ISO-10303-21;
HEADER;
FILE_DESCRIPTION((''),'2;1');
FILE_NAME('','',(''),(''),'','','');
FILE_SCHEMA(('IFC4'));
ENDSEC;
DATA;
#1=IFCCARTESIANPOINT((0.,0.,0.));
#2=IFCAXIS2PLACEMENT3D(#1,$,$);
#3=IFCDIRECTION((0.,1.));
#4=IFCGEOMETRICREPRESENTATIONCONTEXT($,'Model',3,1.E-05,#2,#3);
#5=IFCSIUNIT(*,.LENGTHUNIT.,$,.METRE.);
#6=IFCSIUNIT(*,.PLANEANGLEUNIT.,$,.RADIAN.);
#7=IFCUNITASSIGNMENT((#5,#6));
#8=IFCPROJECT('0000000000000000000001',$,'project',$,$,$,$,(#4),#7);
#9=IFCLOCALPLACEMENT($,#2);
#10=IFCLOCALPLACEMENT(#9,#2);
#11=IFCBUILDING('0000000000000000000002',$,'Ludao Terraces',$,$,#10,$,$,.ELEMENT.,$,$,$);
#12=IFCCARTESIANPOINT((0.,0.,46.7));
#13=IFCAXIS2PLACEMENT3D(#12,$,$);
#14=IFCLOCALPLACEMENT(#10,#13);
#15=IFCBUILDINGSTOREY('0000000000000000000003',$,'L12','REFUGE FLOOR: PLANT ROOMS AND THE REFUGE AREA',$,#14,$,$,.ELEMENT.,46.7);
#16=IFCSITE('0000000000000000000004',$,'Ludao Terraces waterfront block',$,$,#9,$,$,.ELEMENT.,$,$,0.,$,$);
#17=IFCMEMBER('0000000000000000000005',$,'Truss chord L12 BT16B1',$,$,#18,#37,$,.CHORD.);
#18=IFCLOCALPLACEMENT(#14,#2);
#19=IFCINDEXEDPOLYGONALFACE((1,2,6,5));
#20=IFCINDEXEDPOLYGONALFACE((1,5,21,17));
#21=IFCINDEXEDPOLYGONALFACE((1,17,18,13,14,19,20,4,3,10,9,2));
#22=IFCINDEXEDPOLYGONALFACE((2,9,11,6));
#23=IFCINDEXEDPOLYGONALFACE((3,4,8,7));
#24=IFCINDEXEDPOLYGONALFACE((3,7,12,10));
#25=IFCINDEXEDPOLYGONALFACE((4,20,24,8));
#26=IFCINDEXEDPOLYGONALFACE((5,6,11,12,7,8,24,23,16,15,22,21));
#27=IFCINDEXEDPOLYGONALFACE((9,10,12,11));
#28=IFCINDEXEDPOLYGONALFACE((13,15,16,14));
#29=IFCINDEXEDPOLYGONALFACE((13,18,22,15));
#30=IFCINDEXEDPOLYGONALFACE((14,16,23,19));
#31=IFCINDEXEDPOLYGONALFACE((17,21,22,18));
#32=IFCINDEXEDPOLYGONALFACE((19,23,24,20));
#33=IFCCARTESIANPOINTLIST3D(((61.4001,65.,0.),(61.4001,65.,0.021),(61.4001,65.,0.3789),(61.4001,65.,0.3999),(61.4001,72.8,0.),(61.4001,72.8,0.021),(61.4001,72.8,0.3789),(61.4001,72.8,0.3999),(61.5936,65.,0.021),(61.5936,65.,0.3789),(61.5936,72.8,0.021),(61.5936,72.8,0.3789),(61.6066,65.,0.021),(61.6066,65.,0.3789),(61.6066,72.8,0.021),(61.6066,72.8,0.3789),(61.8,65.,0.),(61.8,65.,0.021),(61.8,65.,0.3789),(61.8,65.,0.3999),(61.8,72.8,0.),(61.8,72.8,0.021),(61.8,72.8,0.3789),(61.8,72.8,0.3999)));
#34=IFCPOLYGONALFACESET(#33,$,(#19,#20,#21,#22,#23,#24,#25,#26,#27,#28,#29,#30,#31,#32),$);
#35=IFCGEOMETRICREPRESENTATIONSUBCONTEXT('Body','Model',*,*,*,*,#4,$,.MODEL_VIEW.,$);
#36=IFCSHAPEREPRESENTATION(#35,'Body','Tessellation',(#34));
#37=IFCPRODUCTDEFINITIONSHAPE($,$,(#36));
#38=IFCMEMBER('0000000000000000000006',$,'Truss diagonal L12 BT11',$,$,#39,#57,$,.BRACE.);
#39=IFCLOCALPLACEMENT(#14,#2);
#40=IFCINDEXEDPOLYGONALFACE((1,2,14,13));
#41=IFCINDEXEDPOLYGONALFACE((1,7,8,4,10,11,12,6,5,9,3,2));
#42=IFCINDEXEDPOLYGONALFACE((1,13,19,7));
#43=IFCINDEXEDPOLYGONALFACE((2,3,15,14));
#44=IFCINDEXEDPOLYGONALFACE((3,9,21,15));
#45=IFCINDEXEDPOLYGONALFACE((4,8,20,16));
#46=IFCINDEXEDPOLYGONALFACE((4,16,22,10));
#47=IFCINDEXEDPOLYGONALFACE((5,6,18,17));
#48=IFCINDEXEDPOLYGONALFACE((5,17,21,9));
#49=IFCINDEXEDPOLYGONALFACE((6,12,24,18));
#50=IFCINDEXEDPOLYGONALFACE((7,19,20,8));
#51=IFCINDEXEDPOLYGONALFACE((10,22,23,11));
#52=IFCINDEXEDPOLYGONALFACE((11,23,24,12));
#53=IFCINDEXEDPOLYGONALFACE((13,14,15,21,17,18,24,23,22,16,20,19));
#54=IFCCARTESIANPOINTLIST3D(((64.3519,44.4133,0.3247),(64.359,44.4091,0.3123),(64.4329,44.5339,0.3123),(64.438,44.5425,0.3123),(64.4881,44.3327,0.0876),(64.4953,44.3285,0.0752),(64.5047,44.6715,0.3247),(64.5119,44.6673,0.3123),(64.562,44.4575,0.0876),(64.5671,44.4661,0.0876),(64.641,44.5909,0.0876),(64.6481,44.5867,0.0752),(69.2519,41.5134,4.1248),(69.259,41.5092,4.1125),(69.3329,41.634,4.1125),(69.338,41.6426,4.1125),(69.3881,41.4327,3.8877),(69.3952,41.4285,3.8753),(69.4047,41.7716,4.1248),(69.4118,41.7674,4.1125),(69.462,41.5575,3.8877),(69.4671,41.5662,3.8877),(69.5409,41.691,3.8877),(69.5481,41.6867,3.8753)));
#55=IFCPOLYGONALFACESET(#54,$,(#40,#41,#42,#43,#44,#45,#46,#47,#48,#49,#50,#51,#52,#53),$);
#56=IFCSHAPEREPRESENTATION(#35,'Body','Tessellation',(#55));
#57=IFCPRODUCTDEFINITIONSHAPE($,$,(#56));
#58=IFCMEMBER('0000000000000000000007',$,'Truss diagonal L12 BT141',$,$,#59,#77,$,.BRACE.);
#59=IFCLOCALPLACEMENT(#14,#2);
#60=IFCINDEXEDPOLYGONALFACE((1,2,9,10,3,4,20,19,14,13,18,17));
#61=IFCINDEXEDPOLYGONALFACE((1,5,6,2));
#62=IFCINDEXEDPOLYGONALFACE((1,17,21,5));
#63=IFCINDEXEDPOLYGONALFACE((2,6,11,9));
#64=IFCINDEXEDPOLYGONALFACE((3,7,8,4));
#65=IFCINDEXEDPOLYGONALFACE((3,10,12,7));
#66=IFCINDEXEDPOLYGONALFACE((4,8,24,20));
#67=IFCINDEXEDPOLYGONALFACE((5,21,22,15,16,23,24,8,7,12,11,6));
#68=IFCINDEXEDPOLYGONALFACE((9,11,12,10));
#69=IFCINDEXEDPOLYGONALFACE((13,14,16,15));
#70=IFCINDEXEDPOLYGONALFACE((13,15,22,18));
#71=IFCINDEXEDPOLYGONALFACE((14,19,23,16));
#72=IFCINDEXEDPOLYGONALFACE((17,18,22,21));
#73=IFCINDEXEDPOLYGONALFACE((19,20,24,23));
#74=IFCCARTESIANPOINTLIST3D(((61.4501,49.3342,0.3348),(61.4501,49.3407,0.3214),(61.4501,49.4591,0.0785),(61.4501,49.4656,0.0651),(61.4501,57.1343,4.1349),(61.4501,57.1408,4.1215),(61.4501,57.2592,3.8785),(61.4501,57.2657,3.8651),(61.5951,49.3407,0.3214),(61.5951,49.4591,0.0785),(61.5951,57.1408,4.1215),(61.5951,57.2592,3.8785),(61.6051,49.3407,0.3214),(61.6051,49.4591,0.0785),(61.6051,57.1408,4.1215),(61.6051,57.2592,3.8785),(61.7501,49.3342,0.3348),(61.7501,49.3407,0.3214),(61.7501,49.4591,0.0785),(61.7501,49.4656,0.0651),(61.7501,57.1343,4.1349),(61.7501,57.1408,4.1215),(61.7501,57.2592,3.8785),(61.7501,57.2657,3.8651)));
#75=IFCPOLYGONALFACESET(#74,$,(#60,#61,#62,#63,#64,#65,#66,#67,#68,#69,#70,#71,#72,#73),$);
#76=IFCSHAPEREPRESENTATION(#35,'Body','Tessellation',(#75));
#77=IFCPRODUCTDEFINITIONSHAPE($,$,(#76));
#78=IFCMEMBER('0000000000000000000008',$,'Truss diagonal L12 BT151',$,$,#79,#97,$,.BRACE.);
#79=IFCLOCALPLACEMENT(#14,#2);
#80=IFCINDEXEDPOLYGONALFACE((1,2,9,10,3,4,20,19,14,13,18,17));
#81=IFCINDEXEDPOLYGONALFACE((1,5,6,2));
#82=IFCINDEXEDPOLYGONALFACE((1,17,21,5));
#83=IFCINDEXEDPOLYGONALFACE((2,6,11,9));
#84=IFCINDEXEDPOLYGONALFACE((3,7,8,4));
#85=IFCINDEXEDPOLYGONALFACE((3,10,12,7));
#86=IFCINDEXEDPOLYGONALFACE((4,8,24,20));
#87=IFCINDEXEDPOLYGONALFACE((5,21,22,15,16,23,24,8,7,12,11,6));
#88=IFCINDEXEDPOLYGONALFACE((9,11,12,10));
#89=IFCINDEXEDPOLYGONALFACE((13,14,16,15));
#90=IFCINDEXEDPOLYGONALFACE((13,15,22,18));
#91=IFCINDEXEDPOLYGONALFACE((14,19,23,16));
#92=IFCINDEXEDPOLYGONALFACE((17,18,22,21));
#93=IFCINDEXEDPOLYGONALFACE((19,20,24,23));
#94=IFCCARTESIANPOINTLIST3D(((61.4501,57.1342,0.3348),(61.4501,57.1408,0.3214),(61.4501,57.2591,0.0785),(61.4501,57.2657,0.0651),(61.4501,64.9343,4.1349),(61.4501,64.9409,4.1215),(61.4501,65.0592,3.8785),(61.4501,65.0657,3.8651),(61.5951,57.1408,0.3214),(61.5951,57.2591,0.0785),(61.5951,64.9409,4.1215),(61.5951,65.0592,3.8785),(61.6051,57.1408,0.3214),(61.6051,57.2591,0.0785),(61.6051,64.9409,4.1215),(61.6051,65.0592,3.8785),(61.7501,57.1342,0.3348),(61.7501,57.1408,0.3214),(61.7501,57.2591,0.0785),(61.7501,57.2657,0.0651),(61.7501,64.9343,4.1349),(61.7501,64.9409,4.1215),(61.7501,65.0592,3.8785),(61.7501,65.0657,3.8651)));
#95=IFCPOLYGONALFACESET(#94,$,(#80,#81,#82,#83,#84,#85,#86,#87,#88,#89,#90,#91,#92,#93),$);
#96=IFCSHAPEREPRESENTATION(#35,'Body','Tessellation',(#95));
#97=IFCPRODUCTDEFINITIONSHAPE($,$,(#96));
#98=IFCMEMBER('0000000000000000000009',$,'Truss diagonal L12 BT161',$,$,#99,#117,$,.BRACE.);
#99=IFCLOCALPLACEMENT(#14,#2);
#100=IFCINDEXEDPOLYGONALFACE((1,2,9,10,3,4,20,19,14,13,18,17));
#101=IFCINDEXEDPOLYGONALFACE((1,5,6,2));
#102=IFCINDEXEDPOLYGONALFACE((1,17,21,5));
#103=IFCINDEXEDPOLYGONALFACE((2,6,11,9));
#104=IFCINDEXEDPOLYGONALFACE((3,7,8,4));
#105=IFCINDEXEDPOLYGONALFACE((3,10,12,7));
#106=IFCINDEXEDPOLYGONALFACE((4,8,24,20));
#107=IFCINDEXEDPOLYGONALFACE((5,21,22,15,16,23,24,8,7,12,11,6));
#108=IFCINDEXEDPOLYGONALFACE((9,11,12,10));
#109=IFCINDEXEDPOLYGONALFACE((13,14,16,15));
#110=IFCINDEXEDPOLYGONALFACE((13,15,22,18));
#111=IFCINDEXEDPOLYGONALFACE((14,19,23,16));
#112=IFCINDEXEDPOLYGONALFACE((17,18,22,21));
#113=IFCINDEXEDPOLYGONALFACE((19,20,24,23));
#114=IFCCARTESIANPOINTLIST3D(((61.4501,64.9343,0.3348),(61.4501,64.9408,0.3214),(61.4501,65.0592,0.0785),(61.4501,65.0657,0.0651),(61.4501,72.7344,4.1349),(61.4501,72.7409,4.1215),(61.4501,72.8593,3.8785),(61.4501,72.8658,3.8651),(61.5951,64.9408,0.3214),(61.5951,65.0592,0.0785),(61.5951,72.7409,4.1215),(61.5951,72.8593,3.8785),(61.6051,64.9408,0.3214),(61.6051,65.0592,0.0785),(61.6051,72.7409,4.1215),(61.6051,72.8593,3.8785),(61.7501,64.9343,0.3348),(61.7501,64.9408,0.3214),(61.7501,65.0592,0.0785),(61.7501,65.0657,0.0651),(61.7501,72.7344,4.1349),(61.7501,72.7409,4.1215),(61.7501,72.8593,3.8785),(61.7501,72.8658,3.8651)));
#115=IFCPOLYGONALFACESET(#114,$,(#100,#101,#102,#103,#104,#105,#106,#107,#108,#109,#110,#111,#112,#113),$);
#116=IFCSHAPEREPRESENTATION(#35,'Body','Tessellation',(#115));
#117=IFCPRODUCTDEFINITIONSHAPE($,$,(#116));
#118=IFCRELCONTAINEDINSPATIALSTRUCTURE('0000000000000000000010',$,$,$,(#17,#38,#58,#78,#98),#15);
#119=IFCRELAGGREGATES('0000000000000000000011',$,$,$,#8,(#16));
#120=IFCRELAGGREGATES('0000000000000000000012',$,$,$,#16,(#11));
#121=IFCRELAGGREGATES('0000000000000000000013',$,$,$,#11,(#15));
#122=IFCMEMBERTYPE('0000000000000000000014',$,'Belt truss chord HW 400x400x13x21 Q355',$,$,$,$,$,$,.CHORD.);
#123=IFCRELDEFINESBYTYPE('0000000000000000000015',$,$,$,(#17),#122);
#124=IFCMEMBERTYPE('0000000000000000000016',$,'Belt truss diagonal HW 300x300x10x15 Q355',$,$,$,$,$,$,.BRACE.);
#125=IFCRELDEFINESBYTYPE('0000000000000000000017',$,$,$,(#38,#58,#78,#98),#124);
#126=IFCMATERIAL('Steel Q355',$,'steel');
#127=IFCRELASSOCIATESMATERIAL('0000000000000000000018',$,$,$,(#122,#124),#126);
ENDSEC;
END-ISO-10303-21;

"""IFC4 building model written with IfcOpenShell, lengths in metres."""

from ifc_helpers import new_model, si_unit, direction, frame, origin, origin_2d, place, context, subcontext, project, spatial, i_section, extrude, material, material_profile, profile_set, type_object, element, save


model = new_model("IFC4")

# Units and contexts
model_context = context("Model", 3, precision=1e-05, world=origin(), true_north=direction((0.0, 1.0)))
body_context = subcontext(model_context, "Body", "Model", "MODEL_VIEW")
ifc_project = project(units=[si_unit("LENGTHUNIT", "METRE"), si_unit("PLANEANGLEUNIT", "RADIAN")], contexts=[model_context])

# Site, building, storey
site_placement = place(None, origin())
site = spatial("IfcSite", under=ifc_project, at=site_placement, Name="Ludao Terraces waterfront block", CompositionType="ELEMENT", RefElevation=0.0)
building_placement = place(site_placement, origin())
building = spatial("IfcBuilding", under=site, at=building_placement, Name="Ludao Terraces", CompositionType="ELEMENT")
storey_placement = place(building_placement, frame((0.0, 0.0, 46.7)))
storey = spatial("IfcBuildingStorey", under=building, at=storey_placement, Name="L12", Description="REFUGE FLOOR: PLANT ROOMS AND THE REFUGE AREA", CompositionType="ELEMENT", Elevation=46.7)

# Members
ifc_material_1 = material(Name="Steel Q355", Category="steel")
ifc_material_profile_1 = material_profile(ifc_material_1, i_section(OverallWidth=0.3999, OverallDepth=0.3999, WebThickness=0.0129, FlangeThickness=0.021, at=origin_2d()), Name="HW 400X400X13X21")
ifc_profile_set_1 = profile_set([ifc_material_profile_1], Name="Steel Q355")
member_type_1 = type_object("IfcMemberType", Name="Belt truss chord HW 400x400x13x21 Q355", PredefinedType="CHORD", material=ifc_profile_set_1)
for number, where, z_axis, x_axis, name in (
    (1, (61.6001, 65.0, 0.2), (0.0, 1.0, 0.0), (-1.0, 0.0, 0.0), "Truss chord L12 BT16B1"),
):
    element("IfcMember", number, at=place(storey_placement, frame(where, z_axis=z_axis, x_axis=x_axis)), inside=storey, type_object=member_type_1, Name=name, PredefinedType="CHORD", context=body_context, shape_type="SweptSolid", body=[
        extrude(i_section(OverallWidth=0.3999, OverallDepth=0.3999, WebThickness=0.0129, FlangeThickness=0.021, at=origin_2d()), origin(), (0.0, 0.0, 1.0), 7.8),
    ])
ifc_material_profile_2 = material_profile(ifc_material_1, i_section(OverallWidth=0.3, OverallDepth=0.3, WebThickness=0.01, FlangeThickness=0.0149, at=origin_2d()), Name="HW 300X300X10X15")
ifc_profile_set_2 = profile_set([ifc_material_profile_2], Name="Steel Q355")
member_type_2 = type_object("IfcMemberType", Name="Belt truss diagonal HW 300x300x10x15 Q355", PredefinedType="BRACE", material=ifc_profile_set_2)
member_placement = place(storey_placement, frame((64.5, 44.5, 0.2), z_axis=(0.7158, -0.423631, 0.555128), x_axis=(0.509316, 0.86058, 0.0)))
element("IfcMember", 2, at=member_placement, inside=storey, type_object=member_type_2, Name="Truss diagonal L12 BT11", PredefinedType="BRACE", context=body_context, shape_type="SweptSolid", body=[
    extrude(i_section(OverallWidth=0.3, OverallDepth=0.3, WebThickness=0.01, FlangeThickness=0.0149, at=origin_2d()), origin(), (0.0, 0.0, 1.0), 6.8455),
])
for number, where, z_axis, x_axis, name in (
    (3, (61.6001, 49.3999, 0.2), (0.0, 0.898989, 0.437972), (-1.0, 0.0, 0.0), "Truss diagonal L12 BT141"),
    (4, (61.6001, 57.2, 0.2), (0.0, 0.898989, 0.437972), (-1.0, 0.0, 0.0), "Truss diagonal L12 BT151"),
    (5, (61.6001, 65.0, 0.2), (0.0, 0.898989, 0.437972), (-1.0, 0.0, 0.0), "Truss diagonal L12 BT161"),
):
    element("IfcMember", number, at=place(storey_placement, frame(where, z_axis=z_axis, x_axis=x_axis)), inside=storey, type_object=member_type_2, Name=name, PredefinedType="BRACE", context=body_context, shape_type="SweptSolid", body=[
        extrude(i_section(OverallWidth=0.3, OverallDepth=0.3, WebThickness=0.01, FlangeThickness=0.0149, at=origin_2d()), origin(), (0.0, 0.0, 1.0), 8.6765),
    ])

save(model, "model.ifc")
